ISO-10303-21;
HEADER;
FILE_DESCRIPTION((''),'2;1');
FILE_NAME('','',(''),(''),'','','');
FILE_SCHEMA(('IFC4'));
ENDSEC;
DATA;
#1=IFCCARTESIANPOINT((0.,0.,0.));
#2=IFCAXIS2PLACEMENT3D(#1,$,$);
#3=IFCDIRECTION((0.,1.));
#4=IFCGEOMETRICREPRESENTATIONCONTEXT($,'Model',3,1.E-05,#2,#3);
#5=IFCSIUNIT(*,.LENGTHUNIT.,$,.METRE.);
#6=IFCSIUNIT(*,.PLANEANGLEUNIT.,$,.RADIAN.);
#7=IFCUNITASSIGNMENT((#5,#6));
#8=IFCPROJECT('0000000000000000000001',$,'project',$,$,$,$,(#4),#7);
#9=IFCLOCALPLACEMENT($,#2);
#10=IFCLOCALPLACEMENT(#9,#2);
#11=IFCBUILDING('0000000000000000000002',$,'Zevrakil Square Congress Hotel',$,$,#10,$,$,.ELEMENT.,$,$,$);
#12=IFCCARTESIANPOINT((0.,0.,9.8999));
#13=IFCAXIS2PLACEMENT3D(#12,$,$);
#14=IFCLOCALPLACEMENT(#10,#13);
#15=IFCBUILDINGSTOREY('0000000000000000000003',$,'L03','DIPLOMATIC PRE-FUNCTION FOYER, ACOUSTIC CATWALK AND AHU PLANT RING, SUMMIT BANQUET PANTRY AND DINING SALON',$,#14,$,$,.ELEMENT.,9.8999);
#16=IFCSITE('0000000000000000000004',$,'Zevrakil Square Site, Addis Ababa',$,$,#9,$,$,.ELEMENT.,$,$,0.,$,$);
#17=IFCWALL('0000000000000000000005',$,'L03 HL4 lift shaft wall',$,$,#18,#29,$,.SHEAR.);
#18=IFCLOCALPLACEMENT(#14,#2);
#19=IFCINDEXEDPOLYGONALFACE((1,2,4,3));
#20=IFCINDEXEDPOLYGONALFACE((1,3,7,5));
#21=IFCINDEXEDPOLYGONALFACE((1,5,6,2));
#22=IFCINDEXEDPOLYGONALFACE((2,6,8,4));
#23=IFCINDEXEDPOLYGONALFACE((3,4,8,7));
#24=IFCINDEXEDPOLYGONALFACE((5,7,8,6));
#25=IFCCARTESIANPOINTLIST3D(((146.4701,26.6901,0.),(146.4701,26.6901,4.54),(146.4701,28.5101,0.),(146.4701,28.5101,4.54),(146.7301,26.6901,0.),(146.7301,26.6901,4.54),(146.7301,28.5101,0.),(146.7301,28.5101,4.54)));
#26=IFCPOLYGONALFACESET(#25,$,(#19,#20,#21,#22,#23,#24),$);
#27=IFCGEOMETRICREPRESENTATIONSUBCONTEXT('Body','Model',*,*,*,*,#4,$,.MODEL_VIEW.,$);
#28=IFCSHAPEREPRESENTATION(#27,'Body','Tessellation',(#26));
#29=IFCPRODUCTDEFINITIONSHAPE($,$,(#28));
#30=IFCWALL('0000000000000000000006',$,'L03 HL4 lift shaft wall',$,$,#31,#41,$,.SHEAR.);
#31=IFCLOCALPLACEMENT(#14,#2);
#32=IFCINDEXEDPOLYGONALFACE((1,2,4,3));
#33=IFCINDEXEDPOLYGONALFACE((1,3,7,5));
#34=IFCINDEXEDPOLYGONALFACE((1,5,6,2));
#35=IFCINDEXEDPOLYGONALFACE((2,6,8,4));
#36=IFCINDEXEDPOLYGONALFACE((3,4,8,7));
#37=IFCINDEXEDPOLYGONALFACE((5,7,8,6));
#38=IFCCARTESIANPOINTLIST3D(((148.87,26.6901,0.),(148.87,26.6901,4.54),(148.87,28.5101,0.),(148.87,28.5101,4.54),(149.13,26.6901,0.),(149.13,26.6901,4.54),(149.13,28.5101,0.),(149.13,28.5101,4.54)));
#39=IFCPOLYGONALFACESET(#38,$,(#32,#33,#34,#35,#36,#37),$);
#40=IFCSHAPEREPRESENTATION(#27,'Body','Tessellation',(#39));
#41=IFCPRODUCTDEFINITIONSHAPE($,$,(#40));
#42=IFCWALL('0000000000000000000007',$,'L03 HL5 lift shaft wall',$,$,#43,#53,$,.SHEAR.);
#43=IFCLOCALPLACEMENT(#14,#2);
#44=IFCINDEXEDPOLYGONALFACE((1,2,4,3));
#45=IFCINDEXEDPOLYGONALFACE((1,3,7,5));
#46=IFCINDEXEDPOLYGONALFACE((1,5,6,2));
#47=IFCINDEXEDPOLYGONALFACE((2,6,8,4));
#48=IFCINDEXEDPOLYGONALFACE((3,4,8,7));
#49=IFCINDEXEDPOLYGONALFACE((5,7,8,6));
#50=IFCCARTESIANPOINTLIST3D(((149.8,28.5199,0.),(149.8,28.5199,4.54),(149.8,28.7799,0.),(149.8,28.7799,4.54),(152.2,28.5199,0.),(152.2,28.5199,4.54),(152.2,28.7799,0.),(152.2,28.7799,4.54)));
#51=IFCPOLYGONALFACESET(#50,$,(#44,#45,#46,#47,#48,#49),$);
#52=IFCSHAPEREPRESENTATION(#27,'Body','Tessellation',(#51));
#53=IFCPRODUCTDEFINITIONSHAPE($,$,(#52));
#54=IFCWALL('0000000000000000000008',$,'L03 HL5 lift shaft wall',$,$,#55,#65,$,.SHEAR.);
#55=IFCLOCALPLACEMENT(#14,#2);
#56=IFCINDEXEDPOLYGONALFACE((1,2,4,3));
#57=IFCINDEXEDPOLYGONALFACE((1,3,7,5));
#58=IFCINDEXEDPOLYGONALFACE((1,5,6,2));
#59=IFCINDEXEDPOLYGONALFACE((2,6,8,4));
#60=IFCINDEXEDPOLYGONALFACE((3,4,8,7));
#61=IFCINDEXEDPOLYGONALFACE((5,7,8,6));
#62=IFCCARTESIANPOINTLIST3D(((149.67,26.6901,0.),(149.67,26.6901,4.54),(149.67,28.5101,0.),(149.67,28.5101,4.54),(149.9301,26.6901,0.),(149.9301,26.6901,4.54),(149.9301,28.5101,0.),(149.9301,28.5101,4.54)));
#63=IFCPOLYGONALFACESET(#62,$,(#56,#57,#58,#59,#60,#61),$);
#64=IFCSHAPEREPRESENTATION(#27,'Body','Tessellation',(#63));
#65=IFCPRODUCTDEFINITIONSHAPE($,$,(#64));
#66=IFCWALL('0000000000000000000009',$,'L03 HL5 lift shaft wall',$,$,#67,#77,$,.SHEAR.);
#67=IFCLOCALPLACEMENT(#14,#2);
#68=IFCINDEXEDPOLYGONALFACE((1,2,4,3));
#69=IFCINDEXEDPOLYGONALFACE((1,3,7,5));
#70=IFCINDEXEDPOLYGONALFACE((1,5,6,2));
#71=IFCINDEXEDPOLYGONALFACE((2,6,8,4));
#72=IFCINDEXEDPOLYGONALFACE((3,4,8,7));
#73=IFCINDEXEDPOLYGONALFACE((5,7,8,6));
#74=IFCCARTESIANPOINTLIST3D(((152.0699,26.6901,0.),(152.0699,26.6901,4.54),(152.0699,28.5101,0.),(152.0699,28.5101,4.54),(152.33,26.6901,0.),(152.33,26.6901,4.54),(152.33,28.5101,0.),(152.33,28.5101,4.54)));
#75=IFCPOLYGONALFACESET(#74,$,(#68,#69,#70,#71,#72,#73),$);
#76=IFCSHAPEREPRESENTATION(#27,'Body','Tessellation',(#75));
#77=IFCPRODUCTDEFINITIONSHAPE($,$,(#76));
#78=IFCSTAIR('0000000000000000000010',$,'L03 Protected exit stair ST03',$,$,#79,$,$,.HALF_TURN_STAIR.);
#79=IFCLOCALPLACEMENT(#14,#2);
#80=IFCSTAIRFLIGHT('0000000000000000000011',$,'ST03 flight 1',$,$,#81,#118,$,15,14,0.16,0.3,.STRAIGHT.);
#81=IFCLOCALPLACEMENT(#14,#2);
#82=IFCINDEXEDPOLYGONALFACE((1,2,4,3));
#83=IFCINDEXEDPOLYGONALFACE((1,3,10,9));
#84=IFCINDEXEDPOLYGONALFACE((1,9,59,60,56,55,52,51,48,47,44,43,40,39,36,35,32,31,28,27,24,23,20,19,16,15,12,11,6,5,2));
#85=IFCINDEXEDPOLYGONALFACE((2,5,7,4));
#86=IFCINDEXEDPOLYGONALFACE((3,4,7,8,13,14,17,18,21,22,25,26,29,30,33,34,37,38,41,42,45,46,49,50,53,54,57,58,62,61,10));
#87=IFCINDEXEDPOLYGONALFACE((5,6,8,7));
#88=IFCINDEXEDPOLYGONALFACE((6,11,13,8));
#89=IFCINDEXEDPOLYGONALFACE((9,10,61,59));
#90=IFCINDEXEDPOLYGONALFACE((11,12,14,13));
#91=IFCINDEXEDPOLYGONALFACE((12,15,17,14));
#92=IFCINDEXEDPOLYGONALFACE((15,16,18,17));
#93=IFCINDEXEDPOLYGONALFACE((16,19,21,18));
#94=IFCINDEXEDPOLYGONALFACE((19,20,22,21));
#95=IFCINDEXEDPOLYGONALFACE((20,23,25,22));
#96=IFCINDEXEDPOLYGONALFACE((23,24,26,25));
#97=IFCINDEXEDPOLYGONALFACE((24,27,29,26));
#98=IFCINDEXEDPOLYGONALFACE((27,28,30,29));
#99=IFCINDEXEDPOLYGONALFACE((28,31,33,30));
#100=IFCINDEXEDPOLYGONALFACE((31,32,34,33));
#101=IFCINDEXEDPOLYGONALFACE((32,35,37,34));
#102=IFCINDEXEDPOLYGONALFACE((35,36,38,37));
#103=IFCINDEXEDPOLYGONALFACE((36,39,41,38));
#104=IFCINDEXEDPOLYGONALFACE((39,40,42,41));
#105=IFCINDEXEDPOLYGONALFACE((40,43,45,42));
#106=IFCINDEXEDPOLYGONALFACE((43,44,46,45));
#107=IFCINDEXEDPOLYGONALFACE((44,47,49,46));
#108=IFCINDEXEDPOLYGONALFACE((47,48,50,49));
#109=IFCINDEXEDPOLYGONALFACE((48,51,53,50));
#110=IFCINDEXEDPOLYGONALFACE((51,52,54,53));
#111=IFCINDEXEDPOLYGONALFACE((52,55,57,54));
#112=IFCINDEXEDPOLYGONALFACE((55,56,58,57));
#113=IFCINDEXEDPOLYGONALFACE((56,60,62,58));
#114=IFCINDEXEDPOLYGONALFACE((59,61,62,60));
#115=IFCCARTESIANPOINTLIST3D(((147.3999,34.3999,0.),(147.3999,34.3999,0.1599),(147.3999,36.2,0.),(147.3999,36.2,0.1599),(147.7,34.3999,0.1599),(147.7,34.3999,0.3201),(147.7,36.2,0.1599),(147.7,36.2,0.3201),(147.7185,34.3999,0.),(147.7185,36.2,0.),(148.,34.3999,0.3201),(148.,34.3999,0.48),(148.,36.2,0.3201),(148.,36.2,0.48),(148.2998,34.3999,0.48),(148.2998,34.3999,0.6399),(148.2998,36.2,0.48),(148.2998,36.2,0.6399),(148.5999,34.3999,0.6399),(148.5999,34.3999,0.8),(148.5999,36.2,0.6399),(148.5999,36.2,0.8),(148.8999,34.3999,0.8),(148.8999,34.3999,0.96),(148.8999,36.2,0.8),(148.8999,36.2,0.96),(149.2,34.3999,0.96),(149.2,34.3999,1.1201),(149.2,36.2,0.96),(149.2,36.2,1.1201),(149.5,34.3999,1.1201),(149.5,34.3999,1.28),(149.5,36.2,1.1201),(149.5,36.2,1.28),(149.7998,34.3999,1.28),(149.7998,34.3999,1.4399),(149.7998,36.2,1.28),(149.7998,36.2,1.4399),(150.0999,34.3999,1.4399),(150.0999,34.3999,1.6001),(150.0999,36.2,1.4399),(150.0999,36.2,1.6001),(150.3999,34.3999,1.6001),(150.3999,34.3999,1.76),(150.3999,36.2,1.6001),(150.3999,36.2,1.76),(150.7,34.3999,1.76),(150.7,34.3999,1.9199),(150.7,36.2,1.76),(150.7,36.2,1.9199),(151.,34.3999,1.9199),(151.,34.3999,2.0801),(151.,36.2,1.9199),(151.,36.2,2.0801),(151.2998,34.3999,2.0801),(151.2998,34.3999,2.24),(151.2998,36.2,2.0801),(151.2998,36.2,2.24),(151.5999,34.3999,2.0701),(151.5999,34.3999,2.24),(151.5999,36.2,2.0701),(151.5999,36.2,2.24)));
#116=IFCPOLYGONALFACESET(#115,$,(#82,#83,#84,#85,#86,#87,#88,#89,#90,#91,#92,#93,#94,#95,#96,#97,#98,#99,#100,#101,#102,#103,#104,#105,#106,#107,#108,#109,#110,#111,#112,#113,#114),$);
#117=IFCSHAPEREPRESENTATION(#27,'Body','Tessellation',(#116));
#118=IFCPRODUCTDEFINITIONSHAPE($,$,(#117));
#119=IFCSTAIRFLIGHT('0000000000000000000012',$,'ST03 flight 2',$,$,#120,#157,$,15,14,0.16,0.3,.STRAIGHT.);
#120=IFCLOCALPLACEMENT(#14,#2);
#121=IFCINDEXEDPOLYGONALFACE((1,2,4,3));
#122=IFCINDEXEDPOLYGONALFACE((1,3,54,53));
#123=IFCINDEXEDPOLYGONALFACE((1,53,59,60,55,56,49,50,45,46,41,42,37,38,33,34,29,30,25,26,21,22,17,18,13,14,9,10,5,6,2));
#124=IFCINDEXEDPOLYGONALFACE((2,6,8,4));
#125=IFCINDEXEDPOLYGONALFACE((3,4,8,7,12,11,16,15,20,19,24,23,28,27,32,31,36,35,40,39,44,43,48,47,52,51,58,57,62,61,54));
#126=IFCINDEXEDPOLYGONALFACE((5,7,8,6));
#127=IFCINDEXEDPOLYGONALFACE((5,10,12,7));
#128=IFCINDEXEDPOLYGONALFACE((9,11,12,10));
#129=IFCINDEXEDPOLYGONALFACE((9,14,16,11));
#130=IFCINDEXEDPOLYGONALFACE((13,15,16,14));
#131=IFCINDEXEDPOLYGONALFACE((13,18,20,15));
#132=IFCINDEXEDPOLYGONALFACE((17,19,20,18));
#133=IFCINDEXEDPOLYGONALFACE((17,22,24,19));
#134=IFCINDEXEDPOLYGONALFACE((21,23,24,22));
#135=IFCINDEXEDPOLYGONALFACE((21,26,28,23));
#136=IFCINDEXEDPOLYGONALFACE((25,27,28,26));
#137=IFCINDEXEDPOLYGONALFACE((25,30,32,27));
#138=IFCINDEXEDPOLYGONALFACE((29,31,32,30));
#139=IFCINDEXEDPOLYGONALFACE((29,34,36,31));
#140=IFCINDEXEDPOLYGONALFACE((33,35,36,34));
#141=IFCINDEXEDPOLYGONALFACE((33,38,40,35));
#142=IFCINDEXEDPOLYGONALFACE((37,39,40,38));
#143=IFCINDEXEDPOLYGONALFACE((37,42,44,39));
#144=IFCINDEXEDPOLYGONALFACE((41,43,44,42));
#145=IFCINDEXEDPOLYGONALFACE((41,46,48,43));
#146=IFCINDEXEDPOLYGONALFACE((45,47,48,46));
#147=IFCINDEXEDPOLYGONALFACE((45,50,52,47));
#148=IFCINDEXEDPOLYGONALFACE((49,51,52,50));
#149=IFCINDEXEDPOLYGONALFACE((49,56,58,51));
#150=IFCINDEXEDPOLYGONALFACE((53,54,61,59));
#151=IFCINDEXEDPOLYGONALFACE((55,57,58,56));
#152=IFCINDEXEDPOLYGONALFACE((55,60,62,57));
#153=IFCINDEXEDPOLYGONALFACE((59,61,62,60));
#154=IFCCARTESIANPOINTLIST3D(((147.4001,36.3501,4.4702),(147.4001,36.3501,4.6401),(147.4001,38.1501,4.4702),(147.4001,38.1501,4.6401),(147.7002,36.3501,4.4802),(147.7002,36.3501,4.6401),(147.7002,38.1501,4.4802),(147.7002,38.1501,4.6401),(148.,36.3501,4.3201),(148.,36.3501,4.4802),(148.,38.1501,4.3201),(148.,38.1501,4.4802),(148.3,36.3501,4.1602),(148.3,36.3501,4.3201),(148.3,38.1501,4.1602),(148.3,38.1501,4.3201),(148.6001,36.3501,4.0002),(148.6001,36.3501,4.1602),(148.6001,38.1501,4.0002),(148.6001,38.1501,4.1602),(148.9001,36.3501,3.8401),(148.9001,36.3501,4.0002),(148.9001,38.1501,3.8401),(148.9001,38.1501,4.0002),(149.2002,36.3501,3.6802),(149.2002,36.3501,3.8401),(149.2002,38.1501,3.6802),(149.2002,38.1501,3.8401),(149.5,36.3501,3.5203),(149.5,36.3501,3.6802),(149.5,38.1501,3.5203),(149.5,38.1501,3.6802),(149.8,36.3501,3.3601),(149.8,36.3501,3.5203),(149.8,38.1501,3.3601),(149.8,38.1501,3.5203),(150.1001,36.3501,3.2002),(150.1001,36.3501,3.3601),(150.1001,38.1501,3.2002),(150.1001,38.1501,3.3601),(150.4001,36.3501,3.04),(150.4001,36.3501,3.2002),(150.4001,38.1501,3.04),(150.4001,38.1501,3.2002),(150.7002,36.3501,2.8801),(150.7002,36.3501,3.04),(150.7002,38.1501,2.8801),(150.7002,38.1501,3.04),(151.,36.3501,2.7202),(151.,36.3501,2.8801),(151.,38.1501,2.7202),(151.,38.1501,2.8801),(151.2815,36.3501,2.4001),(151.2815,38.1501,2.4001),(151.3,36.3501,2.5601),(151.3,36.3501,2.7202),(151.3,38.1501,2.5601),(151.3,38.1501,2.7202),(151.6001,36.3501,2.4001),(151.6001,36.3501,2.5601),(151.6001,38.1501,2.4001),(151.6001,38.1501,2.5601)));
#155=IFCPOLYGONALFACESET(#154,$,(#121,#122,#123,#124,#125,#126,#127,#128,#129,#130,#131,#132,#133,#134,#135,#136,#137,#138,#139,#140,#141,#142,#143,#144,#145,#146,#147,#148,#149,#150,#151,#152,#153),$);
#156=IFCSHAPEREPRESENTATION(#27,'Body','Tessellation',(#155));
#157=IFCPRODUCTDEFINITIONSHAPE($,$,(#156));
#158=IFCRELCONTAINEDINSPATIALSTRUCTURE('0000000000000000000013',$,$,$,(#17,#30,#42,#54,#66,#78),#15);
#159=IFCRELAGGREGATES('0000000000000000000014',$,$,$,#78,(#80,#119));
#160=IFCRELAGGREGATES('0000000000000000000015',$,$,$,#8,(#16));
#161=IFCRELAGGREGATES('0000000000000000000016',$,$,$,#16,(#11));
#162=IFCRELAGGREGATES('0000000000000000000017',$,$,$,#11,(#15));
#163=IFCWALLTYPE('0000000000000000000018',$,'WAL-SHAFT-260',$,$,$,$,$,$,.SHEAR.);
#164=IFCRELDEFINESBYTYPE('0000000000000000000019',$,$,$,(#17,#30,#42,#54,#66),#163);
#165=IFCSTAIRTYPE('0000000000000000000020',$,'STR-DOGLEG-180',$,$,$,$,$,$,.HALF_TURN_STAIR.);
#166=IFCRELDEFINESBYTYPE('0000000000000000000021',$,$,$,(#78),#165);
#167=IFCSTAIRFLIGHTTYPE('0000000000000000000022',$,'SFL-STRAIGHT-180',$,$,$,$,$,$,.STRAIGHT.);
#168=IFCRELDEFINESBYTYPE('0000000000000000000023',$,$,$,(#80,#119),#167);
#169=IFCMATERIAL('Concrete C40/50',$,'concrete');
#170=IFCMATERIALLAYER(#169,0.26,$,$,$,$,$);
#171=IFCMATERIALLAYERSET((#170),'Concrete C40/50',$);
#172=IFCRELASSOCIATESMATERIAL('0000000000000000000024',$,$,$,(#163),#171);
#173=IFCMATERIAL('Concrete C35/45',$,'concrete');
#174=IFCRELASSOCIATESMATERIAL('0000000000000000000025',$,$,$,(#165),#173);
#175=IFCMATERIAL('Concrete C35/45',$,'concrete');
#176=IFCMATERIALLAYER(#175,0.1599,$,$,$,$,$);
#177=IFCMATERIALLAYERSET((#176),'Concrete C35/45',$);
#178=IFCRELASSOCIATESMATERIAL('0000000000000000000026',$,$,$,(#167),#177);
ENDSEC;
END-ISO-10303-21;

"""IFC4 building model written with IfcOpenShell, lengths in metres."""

from ifc_helpers import new_model, si_unit, direction, frame, frame_2d, origin, place, context, subcontext, project, spatial, polyline, rectangle, outline, extrude, material, layer, layer_set, type_object, element, aggregate, save


model = new_model("IFC4")

# Units and contexts
model_context = context("Model", 3, precision=1e-05, world=origin(), true_north=direction((0.0, 1.0)))
body_context = subcontext(model_context, "Body", "Model", "MODEL_VIEW")
ifc_project = project(units=[si_unit("LENGTHUNIT", "METRE"), si_unit("PLANEANGLEUNIT", "RADIAN")], contexts=[model_context])

# Site, building, storey
site_placement = place(None, origin())
site = spatial("IfcSite", under=ifc_project, at=site_placement, Name="Zevrakil Square Site, Addis Ababa", CompositionType="ELEMENT", RefElevation=0.0)
building_placement = place(site_placement, origin())
building = spatial("IfcBuilding", under=site, at=building_placement, Name="Zevrakil Square Congress Hotel", CompositionType="ELEMENT")
storey_placement = place(building_placement, frame((0.0, 0.0, 9.8999)))
storey = spatial("IfcBuildingStorey", under=building, at=storey_placement, Name="L03", Description="DIPLOMATIC PRE-FUNCTION FOYER, ACOUSTIC CATWALK AND AHU PLANT RING, SUMMIT BANQUET PANTRY AND DINING SALON", CompositionType="ELEMENT", Elevation=9.8999)

# Shared definitions
ifc_material_1 = material(Name="Concrete C40/50", Category="concrete")
ifc_layer_1 = layer(ifc_material_1, 0.26)
ifc_layer_set_1 = layer_set([ifc_layer_1], Name="Concrete C40/50")
wall_type_1 = type_object("IfcWallType", Name="WAL-SHAFT-260", PredefinedType="SHEAR", material=ifc_layer_set_1)

# Walls
for number, where, z_axis, x_axis, name in (
    (1, (146.6001, 26.6899, 0.0), (0.0, 0.0, 1.0), (0.0, 1.0, 0.0), "L03 HL4 lift shaft wall"),
    (2, (149.0, 26.6899, 0.0), (0.0, 0.0, 1.0), (0.0, 1.0, 0.0), "L03 HL4 lift shaft wall"),
):
    element("IfcWall", number, at=place(storey_placement, frame(where, z_axis=z_axis, x_axis=x_axis)), inside=storey, type_object=wall_type_1, Name=name, PredefinedType="SHEAR", context=body_context, shape_type="SweptSolid", body=[
        extrude(rectangle(XDim=1.8201, YDim=0.26, at=frame_2d((0.9102, 0.0))), origin(), (0.0, 0.0, 1.0), 4.54),
    ])
wall_1_placement = place(storey_placement, frame((149.8, 28.6499, 0.0), z_axis=(0.0, 0.0, 1.0), x_axis=(1.0, 0.0, 0.0)))
element("IfcWall", 3, at=wall_1_placement, inside=storey, type_object=wall_type_1, Name="L03 HL5 lift shaft wall", PredefinedType="SHEAR", context=body_context, shape_type="SweptSolid", body=[
    extrude(rectangle(XDim=2.3999, YDim=0.26, at=frame_2d((1.2, 0.0))), origin(), (0.0, 0.0, 1.0), 4.54),
])
for number, where, z_axis, x_axis, name in (
    (4, (149.8, 26.6899, 0.0), (0.0, 0.0, 1.0), (0.0, 1.0, 0.0), "L03 HL5 lift shaft wall"),
    (5, (152.2, 26.6899, 0.0), (0.0, 0.0, 1.0), (0.0, 1.0, 0.0), "L03 HL5 lift shaft wall"),
):
    element("IfcWall", number, at=place(storey_placement, frame(where, z_axis=z_axis, x_axis=x_axis)), inside=storey, type_object=wall_type_1, Name=name, PredefinedType="SHEAR", context=body_context, shape_type="SweptSolid", body=[
        extrude(rectangle(XDim=1.8201, YDim=0.26, at=frame_2d((0.9102, 0.0))), origin(), (0.0, 0.0, 1.0), 4.54),
    ])

# Stair, stair flights
ifc_material_2 = material(Name="Concrete C35/45", Category="concrete")
stair_type = type_object("IfcStairType", Name="STR-DOGLEG-180", PredefinedType="HALF_TURN_STAIR", material=ifc_material_2)
stair_placement = place(storey_placement, origin())
stair = element("IfcStair", 6, at=stair_placement, inside=storey, type_object=stair_type, Name="L03 Protected exit stair ST03", PredefinedType="HALF_TURN_STAIR")
ifc_material_3 = material(Name="Concrete C35/45", Category="concrete")
ifc_layer_2 = layer(ifc_material_3, 0.1599)
ifc_layer_set_2 = layer_set([ifc_layer_2], Name="Concrete C35/45")
stair_flight_type = type_object("IfcStairFlightType", Name="SFL-STRAIGHT-180", PredefinedType="STRAIGHT", material=ifc_layer_set_2)
stair_flight_1_placement = place(storey_placement, frame((147.3999, 35.3, 0.0), z_axis=(0.0, 0.0, 1.0), x_axis=(1.0, 0.0, 0.0)))
stair_flight_1 = element("IfcStairFlight", 7, at=stair_flight_1_placement, type_object=stair_flight_type, Name="ST03 flight 1", NumberOfRisers=15, NumberOfTreads=14, PredefinedType="STRAIGHT", RiserHeight=0.16, TreadLength=0.3, context=body_context, shape_type="SweptSolid", body=[
    extrude(outline(polyline([(0.0, 0.0), (0.0, 0.1599), (0.3, 0.1599), (0.3, 0.3201), (0.6001, 0.3201), (0.6001, 0.48), (0.8999, 0.48), (0.8999, 0.6399), (1.2, 0.6399), (1.2, 0.8), (1.5, 0.8), (1.5, 0.96), (1.8, 0.96), (1.8, 1.1201), (2.1001, 1.1201), (2.1001, 1.28), (2.3999, 1.28), (2.3999, 1.4399), (2.7, 1.4399), (2.7, 1.6001), (3.0, 1.6001), (3.0, 1.76), (3.3, 1.76), (3.3, 1.9199), (3.6001, 1.9199), (3.6001, 2.0801), (3.8999, 2.0801), (3.8999, 2.24), (4.2, 2.24), (4.2, 2.3999), (4.2, 2.0701), (0.3186, 0.0), (0.0, 0.0)])), frame((0.0, 0.8999, 0.0), z_axis=(0.0, -1.0, 0.0), x_axis=(1.0, 0.0, 0.0)), (0.0, 0.0, 1.0), 1.8),
])
stair_flight_2_placement = place(storey_placement, frame((151.6001, 37.25, 2.4001), z_axis=(0.0, 0.0, 1.0), x_axis=(-1.0, 0.0, 0.0)))
stair_flight_2 = element("IfcStairFlight", 8, at=stair_flight_2_placement, type_object=stair_flight_type, Name="ST03 flight 2", NumberOfRisers=15, NumberOfTreads=14, PredefinedType="STRAIGHT", RiserHeight=0.16, TreadLength=0.3, context=body_context, shape_type="SweptSolid", body=[
    extrude(outline(polyline([(0.0, 0.0), (0.0, 0.1599), (0.3, 0.1599), (0.3, 0.3201), (0.6001, 0.3201), (0.6001, 0.48), (0.8999, 0.48), (0.8999, 0.6399), (1.2, 0.6399), (1.2, 0.8), (1.5, 0.8), (1.5, 0.96), (1.8, 0.96), (1.8, 1.1201), (2.1001, 1.1201), (2.1001, 1.28), (2.3999, 1.28), (2.3999, 1.4399), (2.7, 1.4399), (2.7, 1.6001), (3.0, 1.6001), (3.0, 1.76), (3.3, 1.76), (3.3, 1.9199), (3.6001, 1.9199), (3.6001, 2.0801), (3.8999, 2.0801), (3.8999, 2.24), (4.2, 2.24), (4.2, 2.3999), (4.2, 2.0701), (0.3186, 0.0), (0.0, 0.0)])), frame((0.0, 0.8999, 0.0), z_axis=(0.0, -1.0, 0.0), x_axis=(1.0, 0.0, 0.0)), (0.0, 0.0, 1.0), 1.8),
])
aggregate(stair, [stair_flight_1, stair_flight_2])

save(model, "model.ifc")
